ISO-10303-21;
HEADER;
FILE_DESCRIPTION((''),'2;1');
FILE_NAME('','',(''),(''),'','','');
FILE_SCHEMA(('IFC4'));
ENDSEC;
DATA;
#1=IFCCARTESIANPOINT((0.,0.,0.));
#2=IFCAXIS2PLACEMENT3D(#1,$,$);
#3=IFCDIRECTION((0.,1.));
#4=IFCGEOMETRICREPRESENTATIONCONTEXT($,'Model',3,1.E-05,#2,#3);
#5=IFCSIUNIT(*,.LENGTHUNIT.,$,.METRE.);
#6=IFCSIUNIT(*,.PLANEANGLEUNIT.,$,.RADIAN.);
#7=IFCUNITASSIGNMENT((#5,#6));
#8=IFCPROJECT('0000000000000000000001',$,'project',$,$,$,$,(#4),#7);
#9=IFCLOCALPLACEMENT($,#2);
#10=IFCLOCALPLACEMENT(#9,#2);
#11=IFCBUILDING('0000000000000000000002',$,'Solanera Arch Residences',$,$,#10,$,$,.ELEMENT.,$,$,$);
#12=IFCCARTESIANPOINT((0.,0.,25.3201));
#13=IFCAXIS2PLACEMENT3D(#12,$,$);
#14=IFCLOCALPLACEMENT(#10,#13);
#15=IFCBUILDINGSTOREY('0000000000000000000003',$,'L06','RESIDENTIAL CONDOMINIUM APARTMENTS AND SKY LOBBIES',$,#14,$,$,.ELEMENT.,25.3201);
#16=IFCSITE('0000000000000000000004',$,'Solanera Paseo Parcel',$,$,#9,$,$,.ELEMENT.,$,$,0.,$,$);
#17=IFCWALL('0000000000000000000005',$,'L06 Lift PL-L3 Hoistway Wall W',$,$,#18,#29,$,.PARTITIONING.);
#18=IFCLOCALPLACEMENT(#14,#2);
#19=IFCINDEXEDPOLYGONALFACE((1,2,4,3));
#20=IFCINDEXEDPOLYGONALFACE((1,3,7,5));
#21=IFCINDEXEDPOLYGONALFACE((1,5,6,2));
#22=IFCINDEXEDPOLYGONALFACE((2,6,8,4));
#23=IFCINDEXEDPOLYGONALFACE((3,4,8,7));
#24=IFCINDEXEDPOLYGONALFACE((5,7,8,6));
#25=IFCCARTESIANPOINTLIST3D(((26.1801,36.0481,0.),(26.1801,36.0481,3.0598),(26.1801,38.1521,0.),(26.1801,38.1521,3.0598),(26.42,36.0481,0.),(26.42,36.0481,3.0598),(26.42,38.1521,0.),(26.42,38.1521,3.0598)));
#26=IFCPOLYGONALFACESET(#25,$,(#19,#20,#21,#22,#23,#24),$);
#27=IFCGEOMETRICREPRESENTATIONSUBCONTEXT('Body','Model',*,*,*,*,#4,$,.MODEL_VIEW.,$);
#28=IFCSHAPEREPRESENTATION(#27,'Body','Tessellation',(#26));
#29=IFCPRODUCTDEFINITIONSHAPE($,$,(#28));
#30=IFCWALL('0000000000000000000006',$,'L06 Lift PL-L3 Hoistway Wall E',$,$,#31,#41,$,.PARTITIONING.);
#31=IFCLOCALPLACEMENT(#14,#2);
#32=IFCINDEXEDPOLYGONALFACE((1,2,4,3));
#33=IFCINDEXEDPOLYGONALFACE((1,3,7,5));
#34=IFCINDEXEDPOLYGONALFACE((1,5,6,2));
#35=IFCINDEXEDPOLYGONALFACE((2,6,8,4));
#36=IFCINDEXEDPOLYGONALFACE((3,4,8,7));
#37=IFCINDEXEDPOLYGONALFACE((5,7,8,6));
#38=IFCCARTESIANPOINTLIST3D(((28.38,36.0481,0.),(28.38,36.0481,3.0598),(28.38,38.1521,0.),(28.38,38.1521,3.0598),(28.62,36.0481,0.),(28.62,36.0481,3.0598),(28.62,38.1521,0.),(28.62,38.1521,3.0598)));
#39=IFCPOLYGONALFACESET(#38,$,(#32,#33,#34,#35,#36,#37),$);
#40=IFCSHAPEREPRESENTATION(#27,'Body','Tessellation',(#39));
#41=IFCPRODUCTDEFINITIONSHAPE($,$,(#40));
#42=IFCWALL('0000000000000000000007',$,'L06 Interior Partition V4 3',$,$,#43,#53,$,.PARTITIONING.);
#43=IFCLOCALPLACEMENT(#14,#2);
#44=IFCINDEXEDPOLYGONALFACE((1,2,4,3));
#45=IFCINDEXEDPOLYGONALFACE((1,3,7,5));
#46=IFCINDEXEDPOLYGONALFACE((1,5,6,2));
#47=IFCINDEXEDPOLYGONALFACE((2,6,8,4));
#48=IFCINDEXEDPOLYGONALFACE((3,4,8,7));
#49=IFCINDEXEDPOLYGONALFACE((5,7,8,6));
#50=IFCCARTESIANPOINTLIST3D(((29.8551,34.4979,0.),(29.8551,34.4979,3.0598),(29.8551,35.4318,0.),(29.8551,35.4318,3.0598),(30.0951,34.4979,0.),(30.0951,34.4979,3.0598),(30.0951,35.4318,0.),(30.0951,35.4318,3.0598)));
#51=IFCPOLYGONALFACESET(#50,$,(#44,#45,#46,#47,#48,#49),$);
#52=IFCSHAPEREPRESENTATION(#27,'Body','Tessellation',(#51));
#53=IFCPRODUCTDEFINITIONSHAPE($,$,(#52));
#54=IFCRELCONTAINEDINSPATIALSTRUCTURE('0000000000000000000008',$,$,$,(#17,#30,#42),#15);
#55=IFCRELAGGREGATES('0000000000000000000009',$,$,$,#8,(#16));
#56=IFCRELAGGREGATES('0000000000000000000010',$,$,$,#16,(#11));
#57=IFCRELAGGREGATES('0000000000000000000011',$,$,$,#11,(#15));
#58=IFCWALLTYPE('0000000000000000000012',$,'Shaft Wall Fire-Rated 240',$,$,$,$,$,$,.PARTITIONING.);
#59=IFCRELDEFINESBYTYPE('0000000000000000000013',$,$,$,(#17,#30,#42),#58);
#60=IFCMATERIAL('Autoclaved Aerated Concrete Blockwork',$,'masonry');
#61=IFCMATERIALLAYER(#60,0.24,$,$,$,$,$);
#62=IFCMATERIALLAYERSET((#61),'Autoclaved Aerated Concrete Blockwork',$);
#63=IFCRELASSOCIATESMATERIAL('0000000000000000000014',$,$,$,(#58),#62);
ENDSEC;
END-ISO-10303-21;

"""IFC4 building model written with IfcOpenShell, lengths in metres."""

from ifc_helpers import new_model, si_unit, direction, frame, frame_2d, origin, place, context, subcontext, project, spatial, rectangle, extrude, material, layer, layer_set, type_object, element, save


model = new_model("IFC4")

# Units and contexts
model_context = context("Model", 3, precision=1e-05, world=origin(), true_north=direction((0.0, 1.0)))
body_context = subcontext(model_context, "Body", "Model", "MODEL_VIEW")
ifc_project = project(units=[si_unit("LENGTHUNIT", "METRE"), si_unit("PLANEANGLEUNIT", "RADIAN")], contexts=[model_context])

# Site, building, storey
site_placement = place(None, origin())
site = spatial("IfcSite", under=ifc_project, at=site_placement, Name="Solanera Paseo Parcel", CompositionType="ELEMENT", RefElevation=0.0)
building_placement = place(site_placement, origin())
building = spatial("IfcBuilding", under=site, at=building_placement, Name="Solanera Arch Residences", CompositionType="ELEMENT")
storey_placement = place(building_placement, frame((0.0, 0.0, 25.3201)))
storey = spatial("IfcBuildingStorey", under=building, at=storey_placement, Name="L06", Description="RESIDENTIAL CONDOMINIUM APARTMENTS AND SKY LOBBIES", CompositionType="ELEMENT", Elevation=25.3201)

# Walls
ifc_material_1 = material(Name="Autoclaved Aerated Concrete Blockwork", Category="masonry")
ifc_layer_1 = layer(ifc_material_1, 0.24)
ifc_layer_set_1 = layer_set([ifc_layer_1], Name="Autoclaved Aerated Concrete Blockwork")
wall_type_1 = type_object("IfcWallType", Name="Shaft Wall Fire-Rated 240", PredefinedType="PARTITIONING", material=ifc_layer_set_1)
for number, where, z_axis, x_axis, name in (
    (1, (26.3, 36.0481, 0.0), (0.0, 0.0, 1.0), (0.0, 1.0, 0.0), "L06 Lift PL-L3 Hoistway Wall W"),
    (2, (28.5, 36.0481, 0.0), (0.0, 0.0, 1.0), (0.0, 1.0, 0.0), "L06 Lift PL-L3 Hoistway Wall E"),
):
    element("IfcWall", number, at=place(storey_placement, frame(where, z_axis=z_axis, x_axis=x_axis)), inside=storey, type_object=wall_type_1, Name=name, PredefinedType="PARTITIONING", context=body_context, shape_type="SweptSolid", body=[
        extrude(rectangle(XDim=2.104, YDim=0.24, at=frame_2d((1.052, 0.0))), origin(), (0.0, 0.0, 1.0), 3.0598),
    ])

# Wall
wall_1_placement = place(storey_placement, frame((29.9751, 34.498, 0.0), z_axis=(0.0, 0.0, 1.0), x_axis=(0.0, 1.0, 0.0)))
element("IfcWall", 3, at=wall_1_placement, inside=storey, type_object=wall_type_1, Name="L06 Interior Partition V4 3", PredefinedType="PARTITIONING", context=body_context, shape_type="SweptSolid", body=[
    extrude(rectangle(XDim=0.9338, YDim=0.24, at=frame_2d((0.4668, 0.0))), origin(), (0.0, 0.0, 1.0), 3.0598),
])

save(model, "model.ifc")
